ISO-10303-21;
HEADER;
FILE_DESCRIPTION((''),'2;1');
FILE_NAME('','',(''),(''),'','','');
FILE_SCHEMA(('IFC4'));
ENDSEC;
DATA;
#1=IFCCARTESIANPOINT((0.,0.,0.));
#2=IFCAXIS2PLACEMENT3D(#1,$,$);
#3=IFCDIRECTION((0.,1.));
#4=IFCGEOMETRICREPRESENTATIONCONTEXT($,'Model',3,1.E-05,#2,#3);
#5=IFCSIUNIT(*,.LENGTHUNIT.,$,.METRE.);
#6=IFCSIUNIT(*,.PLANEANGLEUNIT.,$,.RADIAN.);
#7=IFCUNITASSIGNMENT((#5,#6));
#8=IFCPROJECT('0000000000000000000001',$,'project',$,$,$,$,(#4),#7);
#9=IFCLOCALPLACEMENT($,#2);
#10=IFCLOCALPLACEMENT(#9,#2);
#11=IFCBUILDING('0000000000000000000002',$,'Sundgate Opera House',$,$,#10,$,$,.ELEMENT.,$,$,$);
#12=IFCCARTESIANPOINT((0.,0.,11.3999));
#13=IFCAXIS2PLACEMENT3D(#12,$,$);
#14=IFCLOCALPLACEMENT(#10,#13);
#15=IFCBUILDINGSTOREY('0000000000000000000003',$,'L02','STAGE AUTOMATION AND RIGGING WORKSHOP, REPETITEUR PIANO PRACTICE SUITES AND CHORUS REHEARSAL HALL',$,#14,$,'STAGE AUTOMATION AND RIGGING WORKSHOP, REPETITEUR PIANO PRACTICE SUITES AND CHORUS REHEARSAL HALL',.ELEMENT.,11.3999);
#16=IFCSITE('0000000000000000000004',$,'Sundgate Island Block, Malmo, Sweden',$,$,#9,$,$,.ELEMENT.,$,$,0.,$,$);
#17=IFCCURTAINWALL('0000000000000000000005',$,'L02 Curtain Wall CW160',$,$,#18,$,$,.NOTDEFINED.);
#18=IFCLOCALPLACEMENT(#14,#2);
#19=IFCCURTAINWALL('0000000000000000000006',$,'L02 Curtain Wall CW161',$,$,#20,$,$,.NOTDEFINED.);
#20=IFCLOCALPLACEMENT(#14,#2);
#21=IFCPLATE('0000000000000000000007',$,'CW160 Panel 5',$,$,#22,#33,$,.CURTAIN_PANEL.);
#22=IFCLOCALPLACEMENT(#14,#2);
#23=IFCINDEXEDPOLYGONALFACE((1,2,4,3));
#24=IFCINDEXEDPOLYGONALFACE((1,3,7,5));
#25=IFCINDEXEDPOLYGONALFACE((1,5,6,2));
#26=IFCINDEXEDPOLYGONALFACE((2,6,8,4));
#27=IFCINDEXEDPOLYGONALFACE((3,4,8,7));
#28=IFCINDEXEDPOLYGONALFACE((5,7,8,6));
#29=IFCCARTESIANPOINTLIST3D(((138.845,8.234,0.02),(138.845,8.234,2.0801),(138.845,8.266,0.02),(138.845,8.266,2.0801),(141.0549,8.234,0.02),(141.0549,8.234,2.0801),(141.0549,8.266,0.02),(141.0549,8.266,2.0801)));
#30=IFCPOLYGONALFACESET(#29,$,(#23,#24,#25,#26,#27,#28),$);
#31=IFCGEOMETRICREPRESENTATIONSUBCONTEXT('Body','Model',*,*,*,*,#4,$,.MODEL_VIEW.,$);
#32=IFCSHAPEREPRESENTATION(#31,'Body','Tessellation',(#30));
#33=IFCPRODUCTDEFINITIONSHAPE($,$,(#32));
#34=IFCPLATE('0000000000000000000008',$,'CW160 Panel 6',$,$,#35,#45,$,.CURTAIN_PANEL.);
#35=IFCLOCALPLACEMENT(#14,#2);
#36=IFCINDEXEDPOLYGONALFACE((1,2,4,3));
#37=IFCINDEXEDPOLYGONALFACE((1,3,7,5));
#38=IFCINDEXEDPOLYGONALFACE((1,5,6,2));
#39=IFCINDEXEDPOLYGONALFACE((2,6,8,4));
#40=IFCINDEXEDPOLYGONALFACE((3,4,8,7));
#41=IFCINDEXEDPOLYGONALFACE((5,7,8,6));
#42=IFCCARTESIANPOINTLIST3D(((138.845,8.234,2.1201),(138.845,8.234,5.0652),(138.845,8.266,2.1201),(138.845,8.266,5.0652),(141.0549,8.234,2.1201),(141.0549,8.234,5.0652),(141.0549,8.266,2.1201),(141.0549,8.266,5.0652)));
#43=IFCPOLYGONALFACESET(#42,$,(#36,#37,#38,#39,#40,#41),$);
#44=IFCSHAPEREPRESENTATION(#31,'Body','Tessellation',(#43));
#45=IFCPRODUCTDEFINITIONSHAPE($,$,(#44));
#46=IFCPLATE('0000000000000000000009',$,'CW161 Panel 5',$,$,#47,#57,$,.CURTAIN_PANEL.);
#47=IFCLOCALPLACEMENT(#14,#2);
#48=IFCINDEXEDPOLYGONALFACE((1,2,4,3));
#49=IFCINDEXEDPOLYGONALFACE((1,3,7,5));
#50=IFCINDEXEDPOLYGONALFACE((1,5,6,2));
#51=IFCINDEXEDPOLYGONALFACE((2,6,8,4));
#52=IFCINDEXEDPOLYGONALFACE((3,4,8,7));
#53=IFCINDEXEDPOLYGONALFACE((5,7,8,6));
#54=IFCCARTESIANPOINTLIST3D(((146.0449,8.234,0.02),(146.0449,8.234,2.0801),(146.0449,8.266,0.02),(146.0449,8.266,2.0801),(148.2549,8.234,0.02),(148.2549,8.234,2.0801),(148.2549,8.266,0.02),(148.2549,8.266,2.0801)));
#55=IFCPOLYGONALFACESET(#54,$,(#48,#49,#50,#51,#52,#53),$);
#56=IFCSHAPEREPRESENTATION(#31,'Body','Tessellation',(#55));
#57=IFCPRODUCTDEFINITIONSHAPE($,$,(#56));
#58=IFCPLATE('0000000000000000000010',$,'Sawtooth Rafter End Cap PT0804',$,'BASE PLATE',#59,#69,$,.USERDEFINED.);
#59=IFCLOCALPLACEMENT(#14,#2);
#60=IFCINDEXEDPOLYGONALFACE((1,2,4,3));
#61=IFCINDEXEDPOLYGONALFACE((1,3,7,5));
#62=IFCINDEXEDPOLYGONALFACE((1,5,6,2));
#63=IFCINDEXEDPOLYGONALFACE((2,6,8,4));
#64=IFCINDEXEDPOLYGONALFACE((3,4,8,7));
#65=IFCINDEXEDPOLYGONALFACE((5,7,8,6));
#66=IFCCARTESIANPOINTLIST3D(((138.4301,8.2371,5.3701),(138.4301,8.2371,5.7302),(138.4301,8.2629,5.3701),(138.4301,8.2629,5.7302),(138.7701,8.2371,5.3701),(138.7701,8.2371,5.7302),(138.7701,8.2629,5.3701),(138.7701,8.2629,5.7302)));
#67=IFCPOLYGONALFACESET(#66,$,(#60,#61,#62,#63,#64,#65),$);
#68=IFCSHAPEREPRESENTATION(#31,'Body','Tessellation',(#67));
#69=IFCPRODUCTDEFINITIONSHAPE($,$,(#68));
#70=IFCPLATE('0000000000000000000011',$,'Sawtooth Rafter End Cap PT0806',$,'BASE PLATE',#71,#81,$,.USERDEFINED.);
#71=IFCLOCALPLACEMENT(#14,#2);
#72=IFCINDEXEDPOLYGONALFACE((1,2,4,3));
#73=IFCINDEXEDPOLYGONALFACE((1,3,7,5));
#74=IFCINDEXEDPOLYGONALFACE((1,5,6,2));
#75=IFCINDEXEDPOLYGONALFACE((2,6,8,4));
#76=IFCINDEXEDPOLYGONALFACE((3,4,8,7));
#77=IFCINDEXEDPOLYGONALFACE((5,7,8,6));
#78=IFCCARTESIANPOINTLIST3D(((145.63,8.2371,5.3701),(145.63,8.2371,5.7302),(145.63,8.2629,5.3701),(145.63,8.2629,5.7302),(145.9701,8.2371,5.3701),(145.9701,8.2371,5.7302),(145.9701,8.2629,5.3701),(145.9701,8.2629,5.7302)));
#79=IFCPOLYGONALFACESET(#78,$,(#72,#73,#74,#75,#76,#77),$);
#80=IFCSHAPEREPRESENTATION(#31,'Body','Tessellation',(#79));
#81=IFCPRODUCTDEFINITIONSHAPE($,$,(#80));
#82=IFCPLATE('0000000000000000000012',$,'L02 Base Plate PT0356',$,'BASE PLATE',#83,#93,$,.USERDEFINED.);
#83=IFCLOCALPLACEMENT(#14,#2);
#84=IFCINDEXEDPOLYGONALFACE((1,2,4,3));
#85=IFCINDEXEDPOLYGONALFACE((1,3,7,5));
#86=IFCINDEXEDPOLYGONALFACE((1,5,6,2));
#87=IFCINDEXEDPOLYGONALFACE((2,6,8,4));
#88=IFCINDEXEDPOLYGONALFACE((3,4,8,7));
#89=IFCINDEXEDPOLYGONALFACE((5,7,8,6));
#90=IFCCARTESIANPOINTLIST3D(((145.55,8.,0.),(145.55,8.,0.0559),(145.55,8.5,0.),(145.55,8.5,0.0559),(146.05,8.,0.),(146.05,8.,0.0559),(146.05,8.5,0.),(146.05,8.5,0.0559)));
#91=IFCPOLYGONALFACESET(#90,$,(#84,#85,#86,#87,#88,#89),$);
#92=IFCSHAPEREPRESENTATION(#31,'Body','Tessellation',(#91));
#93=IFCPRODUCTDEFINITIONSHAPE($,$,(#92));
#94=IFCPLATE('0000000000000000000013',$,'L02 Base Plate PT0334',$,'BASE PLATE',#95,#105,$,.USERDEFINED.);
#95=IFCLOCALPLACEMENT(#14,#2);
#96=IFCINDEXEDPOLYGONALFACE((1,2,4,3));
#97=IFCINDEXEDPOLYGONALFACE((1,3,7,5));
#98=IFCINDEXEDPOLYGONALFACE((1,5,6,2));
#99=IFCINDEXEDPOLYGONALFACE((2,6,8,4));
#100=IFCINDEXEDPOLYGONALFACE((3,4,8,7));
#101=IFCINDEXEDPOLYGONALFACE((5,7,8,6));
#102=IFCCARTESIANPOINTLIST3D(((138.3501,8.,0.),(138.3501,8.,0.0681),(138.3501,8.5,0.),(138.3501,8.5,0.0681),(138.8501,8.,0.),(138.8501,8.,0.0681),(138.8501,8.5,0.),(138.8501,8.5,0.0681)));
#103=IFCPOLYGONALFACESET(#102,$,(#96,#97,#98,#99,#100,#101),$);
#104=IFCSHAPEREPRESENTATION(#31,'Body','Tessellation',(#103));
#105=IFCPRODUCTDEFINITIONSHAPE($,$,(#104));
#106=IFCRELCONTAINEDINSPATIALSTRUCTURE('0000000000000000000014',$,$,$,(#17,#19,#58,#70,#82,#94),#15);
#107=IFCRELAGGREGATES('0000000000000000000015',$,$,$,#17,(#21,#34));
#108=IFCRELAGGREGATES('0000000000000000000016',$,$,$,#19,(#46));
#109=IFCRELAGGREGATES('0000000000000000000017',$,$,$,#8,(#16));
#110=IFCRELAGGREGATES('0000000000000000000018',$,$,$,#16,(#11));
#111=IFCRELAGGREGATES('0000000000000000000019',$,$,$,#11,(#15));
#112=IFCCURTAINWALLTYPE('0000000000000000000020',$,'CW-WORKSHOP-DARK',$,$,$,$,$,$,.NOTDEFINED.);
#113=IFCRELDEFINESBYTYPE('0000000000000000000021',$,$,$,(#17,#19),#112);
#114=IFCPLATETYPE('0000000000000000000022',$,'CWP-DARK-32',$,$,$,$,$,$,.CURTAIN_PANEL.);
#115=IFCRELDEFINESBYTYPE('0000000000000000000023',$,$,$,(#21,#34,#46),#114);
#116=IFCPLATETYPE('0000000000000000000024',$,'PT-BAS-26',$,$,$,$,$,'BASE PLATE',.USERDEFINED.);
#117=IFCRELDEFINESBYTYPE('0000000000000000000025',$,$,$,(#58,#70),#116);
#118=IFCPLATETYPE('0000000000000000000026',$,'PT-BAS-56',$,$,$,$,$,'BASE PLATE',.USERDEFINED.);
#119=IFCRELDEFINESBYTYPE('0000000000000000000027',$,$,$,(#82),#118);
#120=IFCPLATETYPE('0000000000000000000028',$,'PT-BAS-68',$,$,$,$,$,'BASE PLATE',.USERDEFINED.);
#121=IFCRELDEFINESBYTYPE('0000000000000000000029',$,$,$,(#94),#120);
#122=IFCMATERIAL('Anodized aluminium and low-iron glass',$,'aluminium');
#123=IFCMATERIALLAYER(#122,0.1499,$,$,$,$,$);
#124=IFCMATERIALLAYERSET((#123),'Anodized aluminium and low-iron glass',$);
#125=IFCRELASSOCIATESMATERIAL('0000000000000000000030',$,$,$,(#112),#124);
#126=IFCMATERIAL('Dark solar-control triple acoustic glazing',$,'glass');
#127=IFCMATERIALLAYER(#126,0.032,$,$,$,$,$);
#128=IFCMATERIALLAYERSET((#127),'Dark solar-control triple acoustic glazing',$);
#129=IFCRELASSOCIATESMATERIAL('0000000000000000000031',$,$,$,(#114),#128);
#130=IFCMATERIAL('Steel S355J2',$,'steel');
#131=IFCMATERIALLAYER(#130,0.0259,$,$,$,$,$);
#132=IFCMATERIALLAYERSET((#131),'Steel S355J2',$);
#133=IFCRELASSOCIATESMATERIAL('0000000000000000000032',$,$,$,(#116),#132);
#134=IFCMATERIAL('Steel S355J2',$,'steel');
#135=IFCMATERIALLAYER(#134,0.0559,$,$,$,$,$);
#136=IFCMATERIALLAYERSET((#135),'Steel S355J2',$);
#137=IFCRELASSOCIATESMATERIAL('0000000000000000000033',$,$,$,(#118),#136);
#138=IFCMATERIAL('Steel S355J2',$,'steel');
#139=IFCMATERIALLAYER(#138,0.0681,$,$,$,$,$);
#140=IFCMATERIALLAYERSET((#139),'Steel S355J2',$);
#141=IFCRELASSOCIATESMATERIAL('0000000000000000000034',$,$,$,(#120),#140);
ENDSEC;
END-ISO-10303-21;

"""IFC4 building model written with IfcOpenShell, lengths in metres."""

from ifc_helpers import new_model, si_unit, direction, frame, origin, origin_2d, place, context, subcontext, project, spatial, rectangle, extrude, material, layer, layer_set, type_object, element, aggregate, save


model = new_model("IFC4")

# Units and contexts
model_context = context("Model", 3, precision=1e-05, world=origin(), true_north=direction((0.0, 1.0)))
body_context = subcontext(model_context, "Body", "Model", "MODEL_VIEW")
ifc_project = project(units=[si_unit("LENGTHUNIT", "METRE"), si_unit("PLANEANGLEUNIT", "RADIAN")], contexts=[model_context])

# Site, building, storey
site_placement = place(None, origin())
site = spatial("IfcSite", under=ifc_project, at=site_placement, Name="Sundgate Island Block, Malmo, Sweden", CompositionType="ELEMENT", RefElevation=0.0)
building_placement = place(site_placement, origin())
building = spatial("IfcBuilding", under=site, at=building_placement, Name="Sundgate Opera House", CompositionType="ELEMENT")
storey_placement = place(building_placement, frame((0.0, 0.0, 11.3999)))
storey = spatial("IfcBuildingStorey", under=building, at=storey_placement, Name="L02", Description="STAGE AUTOMATION AND RIGGING WORKSHOP, REPETITEUR PIANO PRACTICE SUITES AND CHORUS REHEARSAL HALL", LongName="STAGE AUTOMATION AND RIGGING WORKSHOP, REPETITEUR PIANO PRACTICE SUITES AND CHORUS REHEARSAL HALL", CompositionType="ELEMENT", Elevation=11.3999)

# Curtain wall
ifc_material_1 = material(Name="Anodized aluminium and low-iron glass", Category="aluminium")
ifc_layer_1 = layer(ifc_material_1, 0.1499)
ifc_layer_set_1 = layer_set([ifc_layer_1], Name="Anodized aluminium and low-iron glass")
curtain_wall_type = type_object("IfcCurtainWallType", Name="CW-WORKSHOP-DARK", PredefinedType="NOTDEFINED", material=ifc_layer_set_1)
curtain_wall_1_placement = place(storey_placement, origin())
curtain_wall_1 = element("IfcCurtainWall", 1, at=curtain_wall_1_placement, inside=storey, type_object=curtain_wall_type, Name="L02 Curtain Wall CW160", PredefinedType="NOTDEFINED")

# Curtain wall
curtain_wall_2_placement = place(storey_placement, origin())
curtain_wall_2 = element("IfcCurtainWall", 2, at=curtain_wall_2_placement, inside=storey, type_object=curtain_wall_type, Name="L02 Curtain Wall CW161", PredefinedType="NOTDEFINED")

# Plates
ifc_material_2 = material(Name="Dark solar-control triple acoustic glazing", Category="glass")
ifc_layer_2 = layer(ifc_material_2, 0.032)
ifc_layer_set_2 = layer_set([ifc_layer_2], Name="Dark solar-control triple acoustic glazing")
plate_type_1 = type_object("IfcPlateType", Name="CWP-DARK-32", PredefinedType="CURTAIN_PANEL", material=ifc_layer_set_2)
plate_1_placement = place(storey_placement, frame((139.95, 8.25, 0.02), z_axis=(0.0, 0.0, 1.0), x_axis=(-1.0, 0.0, 0.0)))
plate_1 = element("IfcPlate", 3, at=plate_1_placement, type_object=plate_type_1, Name="CW160 Panel 5", PredefinedType="CURTAIN_PANEL", context=body_context, shape_type="SweptSolid", body=[
    extrude(rectangle(XDim=2.21, YDim=0.032, at=origin_2d()), origin(), (0.0, 0.0, 1.0), 2.0601),
])
plate_2_placement = place(storey_placement, frame((139.95, 8.25, 2.1201), z_axis=(0.0, 0.0, 1.0), x_axis=(-1.0, 0.0, 0.0)))
plate_2 = element("IfcPlate", 4, at=plate_2_placement, type_object=plate_type_1, Name="CW160 Panel 6", PredefinedType="CURTAIN_PANEL", context=body_context, shape_type="SweptSolid", body=[
    extrude(rectangle(XDim=2.21, YDim=0.032, at=origin_2d()), origin(), (0.0, 0.0, 1.0), 2.9451),
])
aggregate(curtain_wall_1, [plate_1, plate_2])
plate_3_placement = place(storey_placement, frame((147.1499, 8.25, 0.02), z_axis=(0.0, 0.0, 1.0), x_axis=(-1.0, 0.0, 0.0)))
plate_3 = element("IfcPlate", 5, at=plate_3_placement, type_object=plate_type_1, Name="CW161 Panel 5", PredefinedType="CURTAIN_PANEL", context=body_context, shape_type="SweptSolid", body=[
    extrude(rectangle(XDim=2.21, YDim=0.032, at=origin_2d()), origin(), (0.0, 0.0, 1.0), 2.0601),
])
aggregate(curtain_wall_2, [plate_3])

# Plates
ifc_material_3 = material(Name="Steel S355J2", Category="steel")
ifc_layer_3 = layer(ifc_material_3, 0.0259)
ifc_layer_set_3 = layer_set([ifc_layer_3], Name="Steel S355J2")
plate_type_2 = type_object("IfcPlateType", Name="PT-BAS-26", ElementType="BASE PLATE", PredefinedType="USERDEFINED", material=ifc_layer_set_3)
for number, where, z_axis, x_axis, name in (
    (6, (138.6001, 8.25, 5.3701), (0.0, 0.0, 1.0), (1.0, 0.0, 0.0), "Sawtooth Rafter End Cap PT0804"),
    (7, (145.8, 8.25, 5.3701), (0.0, 0.0, 1.0), (1.0, 0.0, 0.0), "Sawtooth Rafter End Cap PT0806"),
):
    element("IfcPlate", number, at=place(storey_placement, frame(where, z_axis=z_axis, x_axis=x_axis)), inside=storey, type_object=plate_type_2, Name=name, ObjectType="BASE PLATE", PredefinedType="USERDEFINED", context=body_context, shape_type="SweptSolid", body=[
        extrude(rectangle(XDim=0.3401, YDim=0.0259, at=origin_2d()), origin(), (0.0, 0.0, 1.0), 0.3601),
    ])
ifc_material_4 = material(Name="Steel S355J2", Category="steel")
ifc_layer_4 = layer(ifc_material_4, 0.0559)
ifc_layer_set_4 = layer_set([ifc_layer_4], Name="Steel S355J2")
plate_type_3 = type_object("IfcPlateType", Name="PT-BAS-56", ElementType="BASE PLATE", PredefinedType="USERDEFINED", material=ifc_layer_set_4)
plate_4_placement = place(storey_placement, frame((145.8, 8.25, 0.0), z_axis=(0.0, 0.0, 1.0), x_axis=(1.0, 0.0, 0.0)))
element("IfcPlate", 8, at=plate_4_placement, inside=storey, type_object=plate_type_3, Name="L02 Base Plate PT0356", ObjectType="BASE PLATE", PredefinedType="USERDEFINED", context=body_context, shape_type="SweptSolid", body=[
    extrude(rectangle(XDim=0.5, YDim=0.5, at=origin_2d()), origin(), (0.0, 0.0, 1.0), 0.0559),
])
ifc_material_5 = material(Name="Steel S355J2", Category="steel")
ifc_layer_5 = layer(ifc_material_5, 0.0681)
ifc_layer_set_5 = layer_set([ifc_layer_5], Name="Steel S355J2")
plate_type_4 = type_object("IfcPlateType", Name="PT-BAS-68", ElementType="BASE PLATE", PredefinedType="USERDEFINED", material=ifc_layer_set_5)
plate_5_placement = place(storey_placement, frame((138.6001, 8.25, 0.0), z_axis=(0.0, 0.0, 1.0), x_axis=(1.0, 0.0, 0.0)))
element("IfcPlate", 9, at=plate_5_placement, inside=storey, type_object=plate_type_4, Name="L02 Base Plate PT0334", ObjectType="BASE PLATE", PredefinedType="USERDEFINED", context=body_context, shape_type="SweptSolid", body=[
    extrude(rectangle(XDim=0.5, YDim=0.5, at=origin_2d()), origin(), (0.0, 0.0, 1.0), 0.0681),
])

save(model, "model.ifc")
